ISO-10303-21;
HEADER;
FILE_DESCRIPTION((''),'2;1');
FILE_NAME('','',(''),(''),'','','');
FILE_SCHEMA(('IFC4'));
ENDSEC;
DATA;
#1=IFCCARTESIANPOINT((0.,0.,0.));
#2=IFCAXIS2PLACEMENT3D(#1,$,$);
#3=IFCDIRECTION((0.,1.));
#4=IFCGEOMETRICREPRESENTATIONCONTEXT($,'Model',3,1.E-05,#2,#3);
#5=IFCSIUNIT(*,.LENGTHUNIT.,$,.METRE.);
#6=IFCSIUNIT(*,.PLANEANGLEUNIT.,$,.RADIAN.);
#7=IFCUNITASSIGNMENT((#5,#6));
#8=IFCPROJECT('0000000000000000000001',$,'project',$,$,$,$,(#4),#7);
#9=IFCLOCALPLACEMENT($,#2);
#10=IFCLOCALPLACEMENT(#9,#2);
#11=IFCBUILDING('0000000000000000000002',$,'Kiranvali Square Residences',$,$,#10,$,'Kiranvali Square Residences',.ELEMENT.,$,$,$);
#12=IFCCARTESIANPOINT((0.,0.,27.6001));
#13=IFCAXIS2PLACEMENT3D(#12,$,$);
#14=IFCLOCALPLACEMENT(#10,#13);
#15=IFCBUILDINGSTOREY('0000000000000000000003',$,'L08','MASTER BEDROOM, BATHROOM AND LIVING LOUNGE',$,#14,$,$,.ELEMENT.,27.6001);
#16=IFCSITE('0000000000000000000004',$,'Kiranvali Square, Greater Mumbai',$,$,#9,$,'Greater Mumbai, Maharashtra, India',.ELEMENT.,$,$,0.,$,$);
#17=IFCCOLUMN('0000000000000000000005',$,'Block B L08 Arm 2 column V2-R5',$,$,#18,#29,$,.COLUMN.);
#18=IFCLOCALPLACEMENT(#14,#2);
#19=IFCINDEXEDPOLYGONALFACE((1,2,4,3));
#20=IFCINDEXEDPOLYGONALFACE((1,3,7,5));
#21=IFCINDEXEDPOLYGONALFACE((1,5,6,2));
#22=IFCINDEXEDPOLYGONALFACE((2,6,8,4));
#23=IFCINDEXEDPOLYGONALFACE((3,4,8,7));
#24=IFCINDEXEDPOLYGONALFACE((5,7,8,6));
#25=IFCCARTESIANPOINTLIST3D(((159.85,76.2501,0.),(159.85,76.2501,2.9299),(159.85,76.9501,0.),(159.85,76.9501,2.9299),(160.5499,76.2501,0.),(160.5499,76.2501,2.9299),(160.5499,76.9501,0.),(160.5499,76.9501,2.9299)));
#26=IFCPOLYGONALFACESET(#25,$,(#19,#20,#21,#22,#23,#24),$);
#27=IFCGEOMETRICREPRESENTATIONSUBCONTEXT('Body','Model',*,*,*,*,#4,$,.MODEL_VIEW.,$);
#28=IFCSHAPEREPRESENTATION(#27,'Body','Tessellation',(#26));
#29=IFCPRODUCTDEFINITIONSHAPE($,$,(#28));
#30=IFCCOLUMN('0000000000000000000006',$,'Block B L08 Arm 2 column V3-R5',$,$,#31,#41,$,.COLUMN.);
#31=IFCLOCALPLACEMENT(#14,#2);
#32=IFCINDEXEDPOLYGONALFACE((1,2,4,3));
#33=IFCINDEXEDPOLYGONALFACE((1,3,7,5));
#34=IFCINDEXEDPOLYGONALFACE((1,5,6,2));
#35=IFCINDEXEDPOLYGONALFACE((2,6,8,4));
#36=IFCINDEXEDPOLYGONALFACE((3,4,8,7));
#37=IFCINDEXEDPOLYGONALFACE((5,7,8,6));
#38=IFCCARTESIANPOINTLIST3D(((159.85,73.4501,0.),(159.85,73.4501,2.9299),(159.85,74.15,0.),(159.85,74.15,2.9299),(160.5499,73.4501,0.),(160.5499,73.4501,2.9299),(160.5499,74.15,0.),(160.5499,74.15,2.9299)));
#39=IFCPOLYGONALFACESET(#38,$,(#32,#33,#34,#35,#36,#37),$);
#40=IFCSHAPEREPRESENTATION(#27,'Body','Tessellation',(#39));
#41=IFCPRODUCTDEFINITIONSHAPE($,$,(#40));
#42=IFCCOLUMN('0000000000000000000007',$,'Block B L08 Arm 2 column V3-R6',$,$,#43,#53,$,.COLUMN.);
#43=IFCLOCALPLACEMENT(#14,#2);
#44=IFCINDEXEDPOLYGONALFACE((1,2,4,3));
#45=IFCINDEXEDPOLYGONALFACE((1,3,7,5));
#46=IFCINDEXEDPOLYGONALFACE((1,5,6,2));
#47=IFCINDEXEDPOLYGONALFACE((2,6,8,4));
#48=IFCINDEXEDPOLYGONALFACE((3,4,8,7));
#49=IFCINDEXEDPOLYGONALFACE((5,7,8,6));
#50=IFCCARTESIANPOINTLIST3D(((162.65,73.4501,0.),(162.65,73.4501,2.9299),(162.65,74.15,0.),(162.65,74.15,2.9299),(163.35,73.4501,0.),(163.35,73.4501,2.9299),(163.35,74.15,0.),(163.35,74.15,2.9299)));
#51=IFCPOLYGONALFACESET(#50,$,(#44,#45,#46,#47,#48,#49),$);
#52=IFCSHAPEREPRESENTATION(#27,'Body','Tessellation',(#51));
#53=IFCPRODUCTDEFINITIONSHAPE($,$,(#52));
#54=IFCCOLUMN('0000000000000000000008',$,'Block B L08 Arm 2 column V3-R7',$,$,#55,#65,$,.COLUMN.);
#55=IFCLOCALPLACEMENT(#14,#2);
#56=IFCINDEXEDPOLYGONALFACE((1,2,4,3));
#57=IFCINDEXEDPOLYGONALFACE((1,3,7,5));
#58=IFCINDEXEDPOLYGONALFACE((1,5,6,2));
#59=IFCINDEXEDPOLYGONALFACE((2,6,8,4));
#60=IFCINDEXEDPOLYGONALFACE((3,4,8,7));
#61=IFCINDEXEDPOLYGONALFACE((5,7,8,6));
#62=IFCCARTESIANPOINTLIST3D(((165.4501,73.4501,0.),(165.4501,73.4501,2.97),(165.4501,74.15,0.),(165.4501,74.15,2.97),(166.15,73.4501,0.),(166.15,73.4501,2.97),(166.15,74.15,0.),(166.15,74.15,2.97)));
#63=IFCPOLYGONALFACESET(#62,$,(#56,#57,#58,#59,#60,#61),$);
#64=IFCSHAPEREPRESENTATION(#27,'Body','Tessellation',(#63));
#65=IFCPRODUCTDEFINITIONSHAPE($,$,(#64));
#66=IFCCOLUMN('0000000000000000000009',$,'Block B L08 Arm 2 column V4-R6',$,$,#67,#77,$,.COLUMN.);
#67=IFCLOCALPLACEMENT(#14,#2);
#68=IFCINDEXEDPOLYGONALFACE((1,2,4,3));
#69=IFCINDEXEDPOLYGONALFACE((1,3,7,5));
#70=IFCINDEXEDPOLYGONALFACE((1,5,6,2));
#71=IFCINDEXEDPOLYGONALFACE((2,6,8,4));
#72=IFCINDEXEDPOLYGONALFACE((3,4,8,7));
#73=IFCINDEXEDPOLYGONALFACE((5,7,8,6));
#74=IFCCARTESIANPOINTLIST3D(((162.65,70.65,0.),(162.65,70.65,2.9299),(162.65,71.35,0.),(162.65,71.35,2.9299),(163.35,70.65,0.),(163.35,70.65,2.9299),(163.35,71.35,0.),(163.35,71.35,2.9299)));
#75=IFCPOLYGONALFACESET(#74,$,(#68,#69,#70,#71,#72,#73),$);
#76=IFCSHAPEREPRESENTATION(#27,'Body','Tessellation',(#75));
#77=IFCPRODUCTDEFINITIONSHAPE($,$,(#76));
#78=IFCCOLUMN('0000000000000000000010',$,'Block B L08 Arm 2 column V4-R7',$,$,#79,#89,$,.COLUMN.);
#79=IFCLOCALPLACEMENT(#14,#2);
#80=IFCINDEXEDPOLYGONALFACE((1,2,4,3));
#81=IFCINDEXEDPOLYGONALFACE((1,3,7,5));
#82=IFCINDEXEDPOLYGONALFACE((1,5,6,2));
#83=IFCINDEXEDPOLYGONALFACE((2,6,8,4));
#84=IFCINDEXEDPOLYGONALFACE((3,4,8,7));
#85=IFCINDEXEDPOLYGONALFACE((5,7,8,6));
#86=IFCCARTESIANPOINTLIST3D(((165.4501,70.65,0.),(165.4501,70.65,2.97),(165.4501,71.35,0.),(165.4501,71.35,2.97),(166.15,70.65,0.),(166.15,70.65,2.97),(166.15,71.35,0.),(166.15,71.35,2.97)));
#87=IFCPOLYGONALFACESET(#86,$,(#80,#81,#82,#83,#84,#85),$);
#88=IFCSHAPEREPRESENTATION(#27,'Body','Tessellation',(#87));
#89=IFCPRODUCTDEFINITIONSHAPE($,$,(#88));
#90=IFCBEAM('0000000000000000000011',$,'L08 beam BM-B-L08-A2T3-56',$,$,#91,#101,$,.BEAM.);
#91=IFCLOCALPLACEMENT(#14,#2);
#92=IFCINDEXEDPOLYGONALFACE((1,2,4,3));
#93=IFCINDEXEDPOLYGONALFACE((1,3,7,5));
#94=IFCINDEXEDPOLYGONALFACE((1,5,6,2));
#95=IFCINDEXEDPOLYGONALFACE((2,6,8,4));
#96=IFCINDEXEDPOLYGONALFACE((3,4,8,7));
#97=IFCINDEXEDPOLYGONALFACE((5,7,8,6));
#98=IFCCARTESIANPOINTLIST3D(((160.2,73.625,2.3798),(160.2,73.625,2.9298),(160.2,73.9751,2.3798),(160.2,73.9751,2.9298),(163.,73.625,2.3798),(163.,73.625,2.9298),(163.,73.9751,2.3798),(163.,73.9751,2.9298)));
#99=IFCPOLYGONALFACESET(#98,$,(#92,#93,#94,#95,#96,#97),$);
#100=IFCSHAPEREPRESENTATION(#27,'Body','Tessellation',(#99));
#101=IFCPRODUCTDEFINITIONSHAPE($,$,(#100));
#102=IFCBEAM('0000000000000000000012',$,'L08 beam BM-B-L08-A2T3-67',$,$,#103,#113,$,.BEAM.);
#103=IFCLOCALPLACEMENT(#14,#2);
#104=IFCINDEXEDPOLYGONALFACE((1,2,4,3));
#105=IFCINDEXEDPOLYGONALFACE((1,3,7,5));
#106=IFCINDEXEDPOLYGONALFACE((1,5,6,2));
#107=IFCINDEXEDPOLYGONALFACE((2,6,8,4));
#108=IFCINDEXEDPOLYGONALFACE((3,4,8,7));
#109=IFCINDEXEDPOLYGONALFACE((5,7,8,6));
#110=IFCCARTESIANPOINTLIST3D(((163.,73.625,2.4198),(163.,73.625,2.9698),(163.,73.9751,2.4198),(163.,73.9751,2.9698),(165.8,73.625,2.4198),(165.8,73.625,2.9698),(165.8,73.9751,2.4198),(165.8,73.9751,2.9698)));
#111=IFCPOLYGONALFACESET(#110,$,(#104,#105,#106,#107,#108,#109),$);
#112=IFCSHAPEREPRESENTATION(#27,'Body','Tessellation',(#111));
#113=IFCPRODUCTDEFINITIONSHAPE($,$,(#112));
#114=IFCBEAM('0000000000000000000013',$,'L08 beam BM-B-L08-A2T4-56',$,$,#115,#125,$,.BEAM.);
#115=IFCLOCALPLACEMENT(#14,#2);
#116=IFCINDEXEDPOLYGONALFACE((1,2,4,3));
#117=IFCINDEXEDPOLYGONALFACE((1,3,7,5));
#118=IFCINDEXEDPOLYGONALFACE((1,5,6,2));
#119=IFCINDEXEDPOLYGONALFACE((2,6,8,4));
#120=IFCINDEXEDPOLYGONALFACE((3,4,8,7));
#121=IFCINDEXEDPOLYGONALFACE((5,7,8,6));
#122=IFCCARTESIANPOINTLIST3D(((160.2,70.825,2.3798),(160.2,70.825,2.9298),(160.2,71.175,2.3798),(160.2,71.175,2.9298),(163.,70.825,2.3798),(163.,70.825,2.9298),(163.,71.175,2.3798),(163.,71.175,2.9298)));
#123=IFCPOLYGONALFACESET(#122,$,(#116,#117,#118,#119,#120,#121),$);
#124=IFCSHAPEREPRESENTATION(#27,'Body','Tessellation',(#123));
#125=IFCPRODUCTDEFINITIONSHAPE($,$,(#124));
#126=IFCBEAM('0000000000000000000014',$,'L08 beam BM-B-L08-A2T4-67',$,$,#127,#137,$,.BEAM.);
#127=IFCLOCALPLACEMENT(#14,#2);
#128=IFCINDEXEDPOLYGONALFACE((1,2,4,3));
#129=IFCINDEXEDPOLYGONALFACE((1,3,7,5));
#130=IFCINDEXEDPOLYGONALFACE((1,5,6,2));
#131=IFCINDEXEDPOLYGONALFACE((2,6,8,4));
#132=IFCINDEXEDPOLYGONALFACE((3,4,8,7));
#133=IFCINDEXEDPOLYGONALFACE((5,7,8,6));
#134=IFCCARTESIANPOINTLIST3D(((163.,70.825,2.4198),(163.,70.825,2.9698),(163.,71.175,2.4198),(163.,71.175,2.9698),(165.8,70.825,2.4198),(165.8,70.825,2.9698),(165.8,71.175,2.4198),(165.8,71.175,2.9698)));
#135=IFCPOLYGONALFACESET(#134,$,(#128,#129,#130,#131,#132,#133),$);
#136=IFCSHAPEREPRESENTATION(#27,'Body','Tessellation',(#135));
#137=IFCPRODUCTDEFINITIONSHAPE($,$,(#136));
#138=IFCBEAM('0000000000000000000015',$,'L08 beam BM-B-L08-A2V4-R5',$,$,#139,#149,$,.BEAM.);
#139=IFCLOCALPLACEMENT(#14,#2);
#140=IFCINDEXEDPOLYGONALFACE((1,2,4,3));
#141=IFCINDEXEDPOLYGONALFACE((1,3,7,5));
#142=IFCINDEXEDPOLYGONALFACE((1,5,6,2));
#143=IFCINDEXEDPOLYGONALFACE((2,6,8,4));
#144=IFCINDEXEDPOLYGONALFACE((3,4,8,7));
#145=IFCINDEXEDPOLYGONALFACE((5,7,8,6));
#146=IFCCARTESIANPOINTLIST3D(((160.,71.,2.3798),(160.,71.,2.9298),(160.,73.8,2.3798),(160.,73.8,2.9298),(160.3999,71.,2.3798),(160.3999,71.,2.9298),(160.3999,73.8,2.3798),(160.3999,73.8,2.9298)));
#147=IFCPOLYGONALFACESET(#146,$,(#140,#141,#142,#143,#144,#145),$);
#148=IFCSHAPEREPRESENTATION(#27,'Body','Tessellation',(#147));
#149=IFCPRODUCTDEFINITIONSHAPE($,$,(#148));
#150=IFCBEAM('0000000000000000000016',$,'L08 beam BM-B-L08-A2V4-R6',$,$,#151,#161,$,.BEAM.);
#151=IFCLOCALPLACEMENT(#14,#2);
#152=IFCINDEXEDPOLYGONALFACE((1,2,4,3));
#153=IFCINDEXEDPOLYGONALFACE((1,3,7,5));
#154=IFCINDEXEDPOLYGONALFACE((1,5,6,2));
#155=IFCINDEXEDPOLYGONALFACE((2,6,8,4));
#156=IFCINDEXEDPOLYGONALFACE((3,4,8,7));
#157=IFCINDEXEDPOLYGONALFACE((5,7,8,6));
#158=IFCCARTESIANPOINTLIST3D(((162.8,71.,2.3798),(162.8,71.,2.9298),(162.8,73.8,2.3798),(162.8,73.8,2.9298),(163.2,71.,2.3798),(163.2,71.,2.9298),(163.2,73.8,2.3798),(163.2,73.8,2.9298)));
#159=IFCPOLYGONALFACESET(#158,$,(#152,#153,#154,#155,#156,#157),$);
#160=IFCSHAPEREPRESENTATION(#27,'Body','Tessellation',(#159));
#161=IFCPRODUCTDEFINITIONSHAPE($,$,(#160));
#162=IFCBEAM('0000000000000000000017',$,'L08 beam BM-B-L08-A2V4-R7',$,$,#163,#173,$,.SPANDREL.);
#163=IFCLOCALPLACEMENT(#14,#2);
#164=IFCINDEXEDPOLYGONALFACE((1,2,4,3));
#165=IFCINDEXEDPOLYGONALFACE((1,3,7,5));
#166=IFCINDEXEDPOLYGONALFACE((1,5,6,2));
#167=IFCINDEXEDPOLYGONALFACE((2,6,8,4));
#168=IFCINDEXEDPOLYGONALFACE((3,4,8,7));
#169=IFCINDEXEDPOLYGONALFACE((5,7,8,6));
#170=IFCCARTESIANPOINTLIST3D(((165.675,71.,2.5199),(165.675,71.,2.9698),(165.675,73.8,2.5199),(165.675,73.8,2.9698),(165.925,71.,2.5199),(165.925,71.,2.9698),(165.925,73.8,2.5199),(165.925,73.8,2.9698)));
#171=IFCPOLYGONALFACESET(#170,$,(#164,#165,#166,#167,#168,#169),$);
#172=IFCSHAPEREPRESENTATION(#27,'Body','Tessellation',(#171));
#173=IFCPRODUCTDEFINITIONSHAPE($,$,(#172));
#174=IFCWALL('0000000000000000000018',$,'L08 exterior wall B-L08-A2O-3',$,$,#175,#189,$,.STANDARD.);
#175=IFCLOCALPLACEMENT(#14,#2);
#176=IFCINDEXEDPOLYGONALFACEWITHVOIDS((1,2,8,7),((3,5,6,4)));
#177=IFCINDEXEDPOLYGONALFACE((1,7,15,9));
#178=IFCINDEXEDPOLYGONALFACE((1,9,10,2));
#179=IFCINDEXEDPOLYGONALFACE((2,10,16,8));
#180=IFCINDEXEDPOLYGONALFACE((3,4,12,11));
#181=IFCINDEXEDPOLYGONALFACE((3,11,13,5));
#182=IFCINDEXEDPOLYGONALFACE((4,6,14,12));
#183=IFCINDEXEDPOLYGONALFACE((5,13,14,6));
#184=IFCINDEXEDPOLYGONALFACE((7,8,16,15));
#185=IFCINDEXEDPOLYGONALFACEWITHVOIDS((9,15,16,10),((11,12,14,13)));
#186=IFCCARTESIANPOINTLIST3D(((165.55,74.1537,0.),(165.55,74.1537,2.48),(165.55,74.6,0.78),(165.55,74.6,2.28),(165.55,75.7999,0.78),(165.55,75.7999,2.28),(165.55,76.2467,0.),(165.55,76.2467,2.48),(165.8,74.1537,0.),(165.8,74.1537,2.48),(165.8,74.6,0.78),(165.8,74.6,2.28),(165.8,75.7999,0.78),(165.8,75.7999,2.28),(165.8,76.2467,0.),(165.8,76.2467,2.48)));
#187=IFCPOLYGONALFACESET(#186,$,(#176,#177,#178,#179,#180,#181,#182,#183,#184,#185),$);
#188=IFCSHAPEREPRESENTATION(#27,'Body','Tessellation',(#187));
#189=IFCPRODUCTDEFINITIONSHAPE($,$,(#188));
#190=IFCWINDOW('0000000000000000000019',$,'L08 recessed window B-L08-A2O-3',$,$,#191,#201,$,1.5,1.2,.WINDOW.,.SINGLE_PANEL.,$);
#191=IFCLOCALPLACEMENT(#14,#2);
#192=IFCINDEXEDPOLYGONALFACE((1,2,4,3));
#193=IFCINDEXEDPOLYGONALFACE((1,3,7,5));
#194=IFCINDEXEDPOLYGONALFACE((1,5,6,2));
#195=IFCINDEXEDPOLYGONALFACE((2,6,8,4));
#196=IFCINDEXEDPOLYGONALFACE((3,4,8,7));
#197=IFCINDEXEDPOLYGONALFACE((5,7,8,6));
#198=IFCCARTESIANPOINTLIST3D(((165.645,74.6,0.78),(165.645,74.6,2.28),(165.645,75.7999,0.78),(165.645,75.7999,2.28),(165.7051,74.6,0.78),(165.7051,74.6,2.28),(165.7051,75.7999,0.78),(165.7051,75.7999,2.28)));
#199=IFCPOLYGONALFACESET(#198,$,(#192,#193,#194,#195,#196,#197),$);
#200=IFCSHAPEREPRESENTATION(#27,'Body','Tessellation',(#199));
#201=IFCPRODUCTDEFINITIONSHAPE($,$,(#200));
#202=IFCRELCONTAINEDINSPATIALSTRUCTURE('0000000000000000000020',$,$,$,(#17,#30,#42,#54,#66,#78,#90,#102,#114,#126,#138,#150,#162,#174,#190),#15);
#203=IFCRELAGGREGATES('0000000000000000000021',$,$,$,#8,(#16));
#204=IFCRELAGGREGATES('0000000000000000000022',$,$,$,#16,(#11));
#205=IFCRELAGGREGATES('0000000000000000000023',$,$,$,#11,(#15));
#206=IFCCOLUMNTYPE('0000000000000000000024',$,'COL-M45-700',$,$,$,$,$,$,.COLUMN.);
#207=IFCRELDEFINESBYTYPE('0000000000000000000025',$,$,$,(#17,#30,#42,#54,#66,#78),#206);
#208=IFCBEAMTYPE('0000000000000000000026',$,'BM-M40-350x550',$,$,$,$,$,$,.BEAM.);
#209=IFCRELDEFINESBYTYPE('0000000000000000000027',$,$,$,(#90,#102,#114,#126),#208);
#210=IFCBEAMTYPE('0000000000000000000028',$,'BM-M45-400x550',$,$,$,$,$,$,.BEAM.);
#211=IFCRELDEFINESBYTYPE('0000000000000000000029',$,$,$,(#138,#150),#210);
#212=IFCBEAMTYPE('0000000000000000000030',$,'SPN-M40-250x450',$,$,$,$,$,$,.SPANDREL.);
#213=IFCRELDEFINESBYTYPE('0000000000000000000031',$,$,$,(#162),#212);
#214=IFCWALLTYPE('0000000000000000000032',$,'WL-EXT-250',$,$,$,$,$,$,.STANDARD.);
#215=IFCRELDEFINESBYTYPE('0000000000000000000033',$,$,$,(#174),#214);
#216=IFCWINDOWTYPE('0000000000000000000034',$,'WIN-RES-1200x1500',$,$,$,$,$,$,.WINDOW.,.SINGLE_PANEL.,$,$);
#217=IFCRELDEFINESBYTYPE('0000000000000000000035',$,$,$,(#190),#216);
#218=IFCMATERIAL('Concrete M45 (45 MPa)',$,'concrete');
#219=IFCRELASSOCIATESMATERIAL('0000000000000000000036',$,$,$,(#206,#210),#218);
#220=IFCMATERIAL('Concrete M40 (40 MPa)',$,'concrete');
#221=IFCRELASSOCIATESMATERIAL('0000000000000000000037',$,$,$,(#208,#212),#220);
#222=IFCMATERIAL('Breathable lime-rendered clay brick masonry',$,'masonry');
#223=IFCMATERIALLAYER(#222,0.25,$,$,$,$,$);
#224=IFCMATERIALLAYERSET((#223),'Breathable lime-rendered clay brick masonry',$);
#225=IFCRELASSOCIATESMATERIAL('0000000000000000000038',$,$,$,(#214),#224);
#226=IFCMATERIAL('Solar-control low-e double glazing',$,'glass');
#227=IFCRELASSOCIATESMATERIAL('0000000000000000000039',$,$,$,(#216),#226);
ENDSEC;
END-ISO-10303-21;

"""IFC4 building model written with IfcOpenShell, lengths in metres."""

from ifc_helpers import new_model, si_unit, direction, frame, frame_2d, origin, origin_2d, place, context, subcontext, project, spatial, rectangle, extrude, material, layer, layer_set, material_profile, profile_set, type_object, element, fill, save


model = new_model("IFC4")

# Units and contexts
model_context = context("Model", 3, precision=1e-05, world=origin(), true_north=direction((0.0, 1.0)))
body_context = subcontext(model_context, "Body", "Model", "MODEL_VIEW")
ifc_project = project(units=[si_unit("LENGTHUNIT", "METRE"), si_unit("PLANEANGLEUNIT", "RADIAN")], contexts=[model_context])

# Site, building, storey
site_placement = place(None, origin())
site = spatial("IfcSite", under=ifc_project, at=site_placement, Name="Kiranvali Square, Greater Mumbai", LongName="Greater Mumbai, Maharashtra, India", CompositionType="ELEMENT", RefElevation=0.0)
building_placement = place(site_placement, origin())
building = spatial("IfcBuilding", under=site, at=building_placement, Name="Kiranvali Square Residences", LongName="Kiranvali Square Residences", CompositionType="ELEMENT")
storey_placement = place(building_placement, frame((0.0, 0.0, 27.6001)))
storey = spatial("IfcBuildingStorey", under=building, at=storey_placement, Name="L08", Description="MASTER BEDROOM, BATHROOM AND LIVING LOUNGE", CompositionType="ELEMENT", Elevation=27.6001)

# Columns
ifc_material_1 = material(Name="Concrete M45 (45 MPa)", Category="concrete")
ifc_material_profile_1 = material_profile(ifc_material_1, rectangle(XDim=0.7, YDim=0.7, at=origin_2d()), Name="RC 700x700")
ifc_profile_set_1 = profile_set([ifc_material_profile_1], Name="Concrete M45 (45 MPa)")
column_type = type_object("IfcColumnType", Name="COL-M45-700", PredefinedType="COLUMN", material=ifc_profile_set_1)
for number, where, z_axis, x_axis, name in (
    (1, (160.2, 76.6001, 0.0), (0.0, 0.0, 1.0), (1.0, 0.0, 0.0), "Block B L08 Arm 2 column V2-R5"),
    (2, (160.2, 73.8, 0.0), (0.0, 0.0, 1.0), (1.0, 0.0, 0.0), "Block B L08 Arm 2 column V3-R5"),
    (3, (163.0, 73.8, 0.0), (0.0, 0.0, 1.0), (1.0, 0.0, 0.0), "Block B L08 Arm 2 column V3-R6"),
):
    element("IfcColumn", number, at=place(storey_placement, frame(where, z_axis=z_axis, x_axis=x_axis)), inside=storey, type_object=column_type, Name=name, PredefinedType="COLUMN", context=body_context, shape_type="SweptSolid", body=[
        extrude(rectangle(XDim=0.7, YDim=0.7, at=origin_2d()), origin(), (0.0, 0.0, 1.0), 2.9299),
    ])
column_1_placement = place(storey_placement, frame((165.8, 73.8, 0.0), z_axis=(0.0, 0.0, 1.0), x_axis=(1.0, 0.0, 0.0)))
element("IfcColumn", 4, at=column_1_placement, inside=storey, type_object=column_type, Name="Block B L08 Arm 2 column V3-R7", PredefinedType="COLUMN", context=body_context, shape_type="SweptSolid", body=[
    extrude(rectangle(XDim=0.7, YDim=0.7, at=origin_2d()), origin(), (0.0, 0.0, 1.0), 2.97),
])
column_2_placement = place(storey_placement, frame((163.0, 71.0, 0.0), z_axis=(0.0, 0.0, 1.0), x_axis=(1.0, 0.0, 0.0)))
element("IfcColumn", 5, at=column_2_placement, inside=storey, type_object=column_type, Name="Block B L08 Arm 2 column V4-R6", PredefinedType="COLUMN", context=body_context, shape_type="SweptSolid", body=[
    extrude(rectangle(XDim=0.7, YDim=0.7, at=origin_2d()), origin(), (0.0, 0.0, 1.0), 2.9299),
])
column_3_placement = place(storey_placement, frame((165.8, 71.0, 0.0), z_axis=(0.0, 0.0, 1.0), x_axis=(1.0, 0.0, 0.0)))
element("IfcColumn", 6, at=column_3_placement, inside=storey, type_object=column_type, Name="Block B L08 Arm 2 column V4-R7", PredefinedType="COLUMN", context=body_context, shape_type="SweptSolid", body=[
    extrude(rectangle(XDim=0.7, YDim=0.7, at=origin_2d()), origin(), (0.0, 0.0, 1.0), 2.97),
])

# Beams
ifc_material_2 = material(Name="Concrete M40 (40 MPa)", Category="concrete")
ifc_material_profile_2 = material_profile(ifc_material_2, rectangle(XDim=0.3501, YDim=0.55, at=origin_2d()), Name="RC 350x550")
ifc_profile_set_2 = profile_set([ifc_material_profile_2], Name="Concrete M40 (40 MPa)")
beam_type_1 = type_object("IfcBeamType", Name="BM-M40-350x550", PredefinedType="BEAM", material=ifc_profile_set_2)
for number, where, z_axis, x_axis, name in (
    (7, (160.2, 73.8, 2.6548), (1.0, 0.0, 0.0), (0.0, 1.0, 0.0), "L08 beam BM-B-L08-A2T3-56"),
    (8, (163.0, 73.8, 2.6948), (1.0, 0.0, 0.0), (0.0, 1.0, 0.0), "L08 beam BM-B-L08-A2T3-67"),
    (9, (160.2, 71.0, 2.6548), (1.0, 0.0, 0.0), (0.0, 1.0, 0.0), "L08 beam BM-B-L08-A2T4-56"),
    (10, (163.0, 71.0, 2.6948), (1.0, 0.0, 0.0), (0.0, 1.0, 0.0), "L08 beam BM-B-L08-A2T4-67"),
):
    element("IfcBeam", number, at=place(storey_placement, frame(where, z_axis=z_axis, x_axis=x_axis)), inside=storey, type_object=beam_type_1, Name=name, PredefinedType="BEAM", context=body_context, shape_type="SweptSolid", body=[
        extrude(rectangle(XDim=0.3501, YDim=0.55, at=origin_2d()), origin(), (0.0, 0.0, 1.0), 2.8),
    ])
ifc_material_profile_3 = material_profile(ifc_material_1, rectangle(XDim=0.3999, YDim=0.55, at=origin_2d()), Name="RC 400x550")
ifc_profile_set_3 = profile_set([ifc_material_profile_3], Name="Concrete M45 (45 MPa)")
beam_type_2 = type_object("IfcBeamType", Name="BM-M45-400x550", PredefinedType="BEAM", material=ifc_profile_set_3)
for number, where, z_axis, x_axis, name in (
    (11, (160.2, 73.8, 2.6548), (0.0, -1.0, 0.0), (1.0, 0.0, 0.0), "L08 beam BM-B-L08-A2V4-R5"),
    (12, (163.0, 73.8, 2.6548), (0.0, -1.0, 0.0), (1.0, 0.0, 0.0), "L08 beam BM-B-L08-A2V4-R6"),
):
    element("IfcBeam", number, at=place(storey_placement, frame(where, z_axis=z_axis, x_axis=x_axis)), inside=storey, type_object=beam_type_2, Name=name, PredefinedType="BEAM", context=body_context, shape_type="SweptSolid", body=[
        extrude(rectangle(XDim=0.3999, YDim=0.55, at=origin_2d()), origin(), (0.0, 0.0, 1.0), 2.8),
    ])
ifc_material_profile_4 = material_profile(ifc_material_2, rectangle(XDim=0.25, YDim=0.45, at=origin_2d()), Name="RC 250x450")
ifc_profile_set_4 = profile_set([ifc_material_profile_4], Name="Concrete M40 (40 MPa)")
beam_type_3 = type_object("IfcBeamType", Name="SPN-M40-250x450", PredefinedType="SPANDREL", material=ifc_profile_set_4)
beam_placement = place(storey_placement, frame((165.8, 73.8, 2.7449), z_axis=(0.0, -1.0, 0.0), x_axis=(1.0, 0.0, 0.0)))
element("IfcBeam", 13, at=beam_placement, inside=storey, type_object=beam_type_3, Name="L08 beam BM-B-L08-A2V4-R7", PredefinedType="SPANDREL", context=body_context, shape_type="SweptSolid", body=[
    extrude(rectangle(XDim=0.25, YDim=0.45, at=origin_2d()), origin(), (0.0, 0.0, 1.0), 2.8),
])

# Wall, opening, window
ifc_material_3 = material(Name="Breathable lime-rendered clay brick masonry", Category="masonry")
ifc_layer = layer(ifc_material_3, 0.25)
ifc_layer_set = layer_set([ifc_layer], Name="Breathable lime-rendered clay brick masonry")
wall_type = type_object("IfcWallType", Name="WL-EXT-250", PredefinedType="STANDARD", material=ifc_layer_set)
wall_1_placement = place(storey_placement, frame((165.675, 76.2466, 0.0), z_axis=(0.0, 0.0, 1.0), x_axis=(0.0, -1.0, 0.0)))
wall_1 = element("IfcWall", 14, at=wall_1_placement, inside=storey, type_object=wall_type, Name="L08 exterior wall B-L08-A2O-3", PredefinedType="STANDARD", context=body_context, shape_type="SweptSolid", body=[
    extrude(rectangle(XDim=2.093, YDim=0.25, at=frame_2d((1.0464, 0.0))), origin(), (0.0, 0.0, 1.0), 2.48),
])
opening_1_placement = place(wall_1_placement, frame((0.4465, 0.0, 0.78)))
opening_1 = element("IfcOpeningElement", 15, at=opening_1_placement, cuts=wall_1, PredefinedType="OPENING", context=body_context, shape_type="SweptSolid", body=[
    extrude(rectangle(XDim=1.2, YDim=1.5, at=frame_2d((0.6001, 0.75))), frame((0.0, 0.135, 0.0), z_axis=(0.0, -1.0, 0.0), x_axis=(1.0, 0.0, 0.0)), (0.0, 0.0, 1.0), 0.27),
])
ifc_material_4 = material(Name="Solar-control low-e double glazing", Category="glass")
window_type = type_object("IfcWindowType", Name="WIN-RES-1200x1500", PartitioningType="SINGLE_PANEL", PredefinedType="WINDOW", material=ifc_material_4)
window_1_placement = place(opening_1_placement, origin())
window_1 = element("IfcWindow", 16, at=window_1_placement, inside=storey, type_object=window_type, Name="L08 recessed window B-L08-A2O-3", OverallHeight=1.5, OverallWidth=1.2, PartitioningType="SINGLE_PANEL", PredefinedType="WINDOW", context=body_context, shape_type="SweptSolid", body=[
    extrude(rectangle(XDim=1.2, YDim=1.5, at=frame_2d((0.6001, 0.75))), frame((0.0, 0.03, 0.0), z_axis=(0.0, -1.0, 0.0), x_axis=(1.0, 0.0, 0.0)), (0.0, 0.0, 1.0), 0.0601),
])
fill(opening_1, window_1)

save(model, "model.ifc")
